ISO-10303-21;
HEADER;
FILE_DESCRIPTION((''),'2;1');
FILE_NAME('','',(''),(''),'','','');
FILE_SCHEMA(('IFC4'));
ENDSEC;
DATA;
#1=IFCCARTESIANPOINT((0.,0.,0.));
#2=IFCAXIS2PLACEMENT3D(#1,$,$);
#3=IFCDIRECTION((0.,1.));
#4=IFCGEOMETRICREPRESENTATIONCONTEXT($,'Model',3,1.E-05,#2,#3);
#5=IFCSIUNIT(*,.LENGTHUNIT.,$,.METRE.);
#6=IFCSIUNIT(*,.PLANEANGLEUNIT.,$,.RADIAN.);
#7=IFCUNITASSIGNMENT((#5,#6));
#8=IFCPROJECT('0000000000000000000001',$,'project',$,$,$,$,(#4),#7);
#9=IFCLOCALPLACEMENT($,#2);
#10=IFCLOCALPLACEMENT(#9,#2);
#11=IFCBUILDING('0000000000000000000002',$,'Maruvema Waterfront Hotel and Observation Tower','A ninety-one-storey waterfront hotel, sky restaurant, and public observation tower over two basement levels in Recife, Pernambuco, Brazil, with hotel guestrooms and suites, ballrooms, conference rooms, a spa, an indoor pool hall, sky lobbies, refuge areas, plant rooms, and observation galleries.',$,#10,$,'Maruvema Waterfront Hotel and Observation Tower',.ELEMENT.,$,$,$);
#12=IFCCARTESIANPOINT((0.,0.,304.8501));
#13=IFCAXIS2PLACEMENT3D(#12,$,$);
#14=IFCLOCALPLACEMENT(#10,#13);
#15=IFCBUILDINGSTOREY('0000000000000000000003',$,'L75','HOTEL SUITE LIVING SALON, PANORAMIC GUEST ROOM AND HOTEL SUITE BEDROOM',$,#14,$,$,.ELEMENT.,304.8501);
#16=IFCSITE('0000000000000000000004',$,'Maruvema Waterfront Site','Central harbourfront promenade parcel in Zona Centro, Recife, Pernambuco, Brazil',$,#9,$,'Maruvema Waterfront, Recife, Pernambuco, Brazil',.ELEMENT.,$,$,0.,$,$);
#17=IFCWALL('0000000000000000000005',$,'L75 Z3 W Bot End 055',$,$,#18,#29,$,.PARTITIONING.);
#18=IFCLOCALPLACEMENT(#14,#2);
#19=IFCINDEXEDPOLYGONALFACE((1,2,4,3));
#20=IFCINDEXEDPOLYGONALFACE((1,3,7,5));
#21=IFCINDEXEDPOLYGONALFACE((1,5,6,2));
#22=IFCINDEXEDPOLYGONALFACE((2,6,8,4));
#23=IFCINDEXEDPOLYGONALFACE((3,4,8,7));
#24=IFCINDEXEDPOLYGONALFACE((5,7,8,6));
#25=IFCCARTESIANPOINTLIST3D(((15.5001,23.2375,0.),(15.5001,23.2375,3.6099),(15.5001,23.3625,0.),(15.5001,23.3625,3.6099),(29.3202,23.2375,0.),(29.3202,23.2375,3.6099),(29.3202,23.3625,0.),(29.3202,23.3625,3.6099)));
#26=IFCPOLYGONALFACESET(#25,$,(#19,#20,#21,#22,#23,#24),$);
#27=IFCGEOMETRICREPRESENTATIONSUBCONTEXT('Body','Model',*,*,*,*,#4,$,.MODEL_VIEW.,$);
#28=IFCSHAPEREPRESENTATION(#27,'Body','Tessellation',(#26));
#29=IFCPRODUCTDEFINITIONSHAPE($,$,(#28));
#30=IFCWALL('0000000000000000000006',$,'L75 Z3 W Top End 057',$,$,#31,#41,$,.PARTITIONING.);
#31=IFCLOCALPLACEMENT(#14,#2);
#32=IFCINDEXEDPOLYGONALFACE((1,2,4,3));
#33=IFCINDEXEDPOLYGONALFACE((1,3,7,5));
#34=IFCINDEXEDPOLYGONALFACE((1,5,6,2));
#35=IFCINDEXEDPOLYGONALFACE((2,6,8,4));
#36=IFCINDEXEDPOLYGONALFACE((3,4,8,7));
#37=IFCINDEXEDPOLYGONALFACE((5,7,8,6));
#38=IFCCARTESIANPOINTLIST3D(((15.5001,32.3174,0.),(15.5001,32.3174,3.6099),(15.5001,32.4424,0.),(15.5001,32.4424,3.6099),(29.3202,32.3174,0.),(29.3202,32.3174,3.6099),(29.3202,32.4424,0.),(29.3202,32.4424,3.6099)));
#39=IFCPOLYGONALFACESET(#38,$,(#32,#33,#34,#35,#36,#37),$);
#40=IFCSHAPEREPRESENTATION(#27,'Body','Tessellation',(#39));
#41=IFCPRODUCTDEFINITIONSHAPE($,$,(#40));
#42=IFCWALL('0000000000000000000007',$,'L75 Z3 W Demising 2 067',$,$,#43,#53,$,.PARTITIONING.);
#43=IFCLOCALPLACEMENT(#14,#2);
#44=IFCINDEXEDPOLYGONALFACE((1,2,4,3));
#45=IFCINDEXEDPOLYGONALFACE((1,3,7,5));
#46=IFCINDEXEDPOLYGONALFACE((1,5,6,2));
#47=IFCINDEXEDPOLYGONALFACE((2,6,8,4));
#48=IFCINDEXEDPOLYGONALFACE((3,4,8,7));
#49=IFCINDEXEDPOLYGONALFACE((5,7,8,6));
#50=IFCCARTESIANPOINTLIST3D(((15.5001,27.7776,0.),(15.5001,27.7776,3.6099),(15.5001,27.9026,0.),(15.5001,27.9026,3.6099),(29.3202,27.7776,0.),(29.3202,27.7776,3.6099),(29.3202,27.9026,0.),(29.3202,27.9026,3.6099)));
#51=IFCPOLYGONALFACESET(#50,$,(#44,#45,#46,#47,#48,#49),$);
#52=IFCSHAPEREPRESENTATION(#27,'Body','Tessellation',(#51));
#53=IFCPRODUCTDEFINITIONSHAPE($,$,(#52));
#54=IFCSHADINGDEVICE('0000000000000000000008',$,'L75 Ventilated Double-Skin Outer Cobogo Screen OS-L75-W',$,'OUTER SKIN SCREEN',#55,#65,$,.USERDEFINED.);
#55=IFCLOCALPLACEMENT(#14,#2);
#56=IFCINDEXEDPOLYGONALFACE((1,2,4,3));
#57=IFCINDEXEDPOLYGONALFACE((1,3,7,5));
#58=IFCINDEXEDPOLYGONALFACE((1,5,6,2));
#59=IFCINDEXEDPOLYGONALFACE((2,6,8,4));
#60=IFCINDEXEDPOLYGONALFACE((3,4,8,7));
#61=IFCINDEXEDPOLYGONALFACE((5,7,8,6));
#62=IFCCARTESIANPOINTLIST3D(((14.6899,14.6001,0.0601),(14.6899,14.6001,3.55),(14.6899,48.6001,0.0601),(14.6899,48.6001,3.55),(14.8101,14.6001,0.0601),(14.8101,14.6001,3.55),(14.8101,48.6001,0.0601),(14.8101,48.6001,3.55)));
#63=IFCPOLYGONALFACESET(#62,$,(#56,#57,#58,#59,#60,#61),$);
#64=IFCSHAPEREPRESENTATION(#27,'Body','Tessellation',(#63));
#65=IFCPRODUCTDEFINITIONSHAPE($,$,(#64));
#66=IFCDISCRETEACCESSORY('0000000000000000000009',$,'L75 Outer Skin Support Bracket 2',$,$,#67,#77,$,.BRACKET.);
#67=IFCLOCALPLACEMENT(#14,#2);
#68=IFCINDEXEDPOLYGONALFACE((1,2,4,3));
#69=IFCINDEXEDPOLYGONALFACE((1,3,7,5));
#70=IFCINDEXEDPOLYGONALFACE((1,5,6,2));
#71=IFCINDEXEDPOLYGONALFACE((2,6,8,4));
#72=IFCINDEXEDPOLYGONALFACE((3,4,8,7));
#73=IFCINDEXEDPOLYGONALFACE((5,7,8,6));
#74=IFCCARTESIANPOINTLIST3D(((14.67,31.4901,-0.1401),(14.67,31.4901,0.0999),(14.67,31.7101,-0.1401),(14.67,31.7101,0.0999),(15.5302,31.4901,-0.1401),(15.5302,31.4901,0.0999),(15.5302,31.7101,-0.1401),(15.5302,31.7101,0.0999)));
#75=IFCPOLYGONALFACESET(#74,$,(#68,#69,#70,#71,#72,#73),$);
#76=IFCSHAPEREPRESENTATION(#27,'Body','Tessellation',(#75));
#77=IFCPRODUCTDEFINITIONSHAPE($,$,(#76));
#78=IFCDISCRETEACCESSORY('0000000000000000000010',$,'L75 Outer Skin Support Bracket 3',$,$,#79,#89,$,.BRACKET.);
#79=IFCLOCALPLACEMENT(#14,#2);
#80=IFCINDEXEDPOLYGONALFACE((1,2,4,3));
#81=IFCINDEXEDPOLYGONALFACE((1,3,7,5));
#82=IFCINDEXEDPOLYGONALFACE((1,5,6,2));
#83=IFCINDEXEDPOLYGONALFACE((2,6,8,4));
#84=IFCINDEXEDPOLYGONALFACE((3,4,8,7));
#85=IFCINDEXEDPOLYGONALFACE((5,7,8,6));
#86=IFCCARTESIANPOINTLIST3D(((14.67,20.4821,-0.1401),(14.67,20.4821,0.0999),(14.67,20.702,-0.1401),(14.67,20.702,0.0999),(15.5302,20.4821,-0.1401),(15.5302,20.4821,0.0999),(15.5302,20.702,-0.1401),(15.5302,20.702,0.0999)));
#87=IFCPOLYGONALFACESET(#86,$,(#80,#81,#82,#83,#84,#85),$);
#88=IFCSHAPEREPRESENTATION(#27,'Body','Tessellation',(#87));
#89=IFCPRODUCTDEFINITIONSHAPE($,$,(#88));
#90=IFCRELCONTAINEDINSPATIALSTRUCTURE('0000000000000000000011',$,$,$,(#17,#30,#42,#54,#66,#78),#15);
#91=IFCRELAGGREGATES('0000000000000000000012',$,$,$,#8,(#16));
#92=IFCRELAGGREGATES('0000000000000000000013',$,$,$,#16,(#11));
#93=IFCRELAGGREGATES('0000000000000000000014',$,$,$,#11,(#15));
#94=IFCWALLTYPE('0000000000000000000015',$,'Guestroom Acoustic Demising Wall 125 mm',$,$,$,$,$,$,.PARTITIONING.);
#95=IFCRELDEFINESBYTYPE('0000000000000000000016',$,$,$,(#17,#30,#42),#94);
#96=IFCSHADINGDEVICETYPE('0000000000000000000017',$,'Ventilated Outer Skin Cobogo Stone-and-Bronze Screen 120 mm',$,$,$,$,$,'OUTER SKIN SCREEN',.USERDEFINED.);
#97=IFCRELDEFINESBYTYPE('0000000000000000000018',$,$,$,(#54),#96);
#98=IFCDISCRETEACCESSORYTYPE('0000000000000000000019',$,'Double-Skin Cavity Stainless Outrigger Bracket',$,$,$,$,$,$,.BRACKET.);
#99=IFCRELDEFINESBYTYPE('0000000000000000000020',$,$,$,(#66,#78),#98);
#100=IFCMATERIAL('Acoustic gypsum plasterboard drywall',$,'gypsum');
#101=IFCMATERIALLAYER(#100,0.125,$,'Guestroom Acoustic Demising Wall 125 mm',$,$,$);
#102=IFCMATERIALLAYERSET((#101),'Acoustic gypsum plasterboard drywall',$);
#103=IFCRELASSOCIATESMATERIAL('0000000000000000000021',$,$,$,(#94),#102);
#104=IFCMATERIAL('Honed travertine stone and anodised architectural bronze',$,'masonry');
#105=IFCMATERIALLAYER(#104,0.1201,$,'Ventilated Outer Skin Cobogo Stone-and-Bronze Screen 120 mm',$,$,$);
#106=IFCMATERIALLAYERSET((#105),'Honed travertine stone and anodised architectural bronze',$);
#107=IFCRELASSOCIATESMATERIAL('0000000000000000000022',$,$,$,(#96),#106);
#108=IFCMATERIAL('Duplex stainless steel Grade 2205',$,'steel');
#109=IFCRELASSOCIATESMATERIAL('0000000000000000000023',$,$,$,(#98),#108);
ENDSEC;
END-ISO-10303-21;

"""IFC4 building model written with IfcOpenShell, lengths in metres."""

from ifc_helpers import new_model, si_unit, direction, frame, frame_2d, origin, origin_2d, place, context, subcontext, project, spatial, rectangle, extrude, material, layer, layer_set, type_object, element, save


model = new_model("IFC4")

# Units and contexts
model_context = context("Model", 3, precision=1e-05, world=origin(), true_north=direction((0.0, 1.0)))
body_context = subcontext(model_context, "Body", "Model", "MODEL_VIEW")
ifc_project = project(units=[si_unit("LENGTHUNIT", "METRE"), si_unit("PLANEANGLEUNIT", "RADIAN")], contexts=[model_context])

# Site, building, storey
site_placement = place(None, origin())
site = spatial("IfcSite", under=ifc_project, at=site_placement, Name="Maruvema Waterfront Site", Description="Central harbourfront promenade parcel in Zona Centro, Recife, Pernambuco, Brazil", LongName="Maruvema Waterfront, Recife, Pernambuco, Brazil", CompositionType="ELEMENT", RefElevation=0.0)
building_placement = place(site_placement, origin())
building = spatial("IfcBuilding", under=site, at=building_placement, Name="Maruvema Waterfront Hotel and Observation Tower", Description="A ninety-one-storey waterfront hotel, sky restaurant, and public observation tower over two basement levels in Recife, Pernambuco, Brazil, with hotel guestrooms and suites, ballrooms, conference rooms, a spa, an indoor pool hall, sky lobbies, refuge areas, plant rooms, and observation galleries.", LongName="Maruvema Waterfront Hotel and Observation Tower", CompositionType="ELEMENT")
storey_placement = place(building_placement, frame((0.0, 0.0, 304.8501)))
storey = spatial("IfcBuildingStorey", under=building, at=storey_placement, Name="L75", Description="HOTEL SUITE LIVING SALON, PANORAMIC GUEST ROOM AND HOTEL SUITE BEDROOM", CompositionType="ELEMENT", Elevation=304.8501)

# Walls
ifc_material_1 = material(Name="Acoustic gypsum plasterboard drywall", Category="gypsum")
ifc_layer_1 = layer(ifc_material_1, 0.125, Name="Guestroom Acoustic Demising Wall 125 mm")
ifc_layer_set_1 = layer_set([ifc_layer_1], Name="Acoustic gypsum plasterboard drywall")
wall_type_1 = type_object("IfcWallType", Name="Guestroom Acoustic Demising Wall 125 mm", PredefinedType="PARTITIONING", material=ifc_layer_set_1)
for number, where, z_axis, x_axis, name in (
    (1, (15.5, 23.3, 0.0), (0.0, 0.0, 1.0), (1.0, 0.0, 0.0), "L75 Z3 W Bot End 055"),
    (2, (15.5, 32.3799, 0.0), (0.0, 0.0, 1.0), (1.0, 0.0, 0.0), "L75 Z3 W Top End 057"),
    (3, (15.5, 27.8401, 0.0), (0.0, 0.0, 1.0), (1.0, 0.0, 0.0), "L75 Z3 W Demising 2 067"),
):
    element("IfcWall", number, at=place(storey_placement, frame(where, z_axis=z_axis, x_axis=x_axis)), inside=storey, type_object=wall_type_1, Name=name, PredefinedType="PARTITIONING", context=body_context, shape_type="SweptSolid", body=[
        extrude(rectangle(XDim=13.8201, YDim=0.125, at=frame_2d((6.9102, 0.0))), origin(), (0.0, 0.0, 1.0), 3.6099),
    ])

# Shading device
ifc_material_2 = material(Name="Honed travertine stone and anodised architectural bronze", Category="masonry")
ifc_layer_2 = layer(ifc_material_2, 0.1201, Name="Ventilated Outer Skin Cobogo Stone-and-Bronze Screen 120 mm")
ifc_layer_set_2 = layer_set([ifc_layer_2], Name="Honed travertine stone and anodised architectural bronze")
shading_device_type = type_object("IfcShadingDeviceType", Name="Ventilated Outer Skin Cobogo Stone-and-Bronze Screen 120 mm", ElementType="OUTER SKIN SCREEN", PredefinedType="USERDEFINED", material=ifc_layer_set_2)
shading_device_placement = place(storey_placement, frame((14.75, 31.6001, 0.0601), z_axis=(0.0, 0.0, 1.0), x_axis=(0.0, -1.0, 0.0)))
element("IfcShadingDevice", 4, at=shading_device_placement, inside=storey, type_object=shading_device_type, Name="L75 Ventilated Double-Skin Outer Cobogo Screen OS-L75-W", ObjectType="OUTER SKIN SCREEN", PredefinedType="USERDEFINED", context=body_context, shape_type="SweptSolid", body=[
    extrude(rectangle(XDim=34.0, YDim=0.1201, at=origin_2d()), origin(), (0.0, 0.0, 1.0), 3.49),
])

# Discrete accessories
ifc_material_3 = material(Name="Duplex stainless steel Grade 2205", Category="steel")
discrete_accessory_type = type_object("IfcDiscreteAccessoryType", Name="Double-Skin Cavity Stainless Outrigger Bracket", PredefinedType="BRACKET", material=ifc_material_3)
for number, where, z_axis, x_axis, name in (
    (5, (15.1001, 31.6001, -0.1401), (0.0, 0.0, 1.0), (0.0, -1.0, 0.0), "L75 Outer Skin Support Bracket 2"),
    (6, (15.1001, 20.592, -0.1401), (0.0, 0.0, 1.0), (0.0, -1.0, 0.0), "L75 Outer Skin Support Bracket 3"),
):
    element("IfcDiscreteAccessory", number, at=place(storey_placement, frame(where, z_axis=z_axis, x_axis=x_axis)), inside=storey, type_object=discrete_accessory_type, Name=name, PredefinedType="BRACKET", context=body_context, shape_type="SweptSolid", body=[
        extrude(rectangle(XDim=0.22, YDim=0.8601, at=origin_2d()), origin(), (0.0, 0.0, 1.0), 0.24),
    ])

save(model, "model.ifc")
